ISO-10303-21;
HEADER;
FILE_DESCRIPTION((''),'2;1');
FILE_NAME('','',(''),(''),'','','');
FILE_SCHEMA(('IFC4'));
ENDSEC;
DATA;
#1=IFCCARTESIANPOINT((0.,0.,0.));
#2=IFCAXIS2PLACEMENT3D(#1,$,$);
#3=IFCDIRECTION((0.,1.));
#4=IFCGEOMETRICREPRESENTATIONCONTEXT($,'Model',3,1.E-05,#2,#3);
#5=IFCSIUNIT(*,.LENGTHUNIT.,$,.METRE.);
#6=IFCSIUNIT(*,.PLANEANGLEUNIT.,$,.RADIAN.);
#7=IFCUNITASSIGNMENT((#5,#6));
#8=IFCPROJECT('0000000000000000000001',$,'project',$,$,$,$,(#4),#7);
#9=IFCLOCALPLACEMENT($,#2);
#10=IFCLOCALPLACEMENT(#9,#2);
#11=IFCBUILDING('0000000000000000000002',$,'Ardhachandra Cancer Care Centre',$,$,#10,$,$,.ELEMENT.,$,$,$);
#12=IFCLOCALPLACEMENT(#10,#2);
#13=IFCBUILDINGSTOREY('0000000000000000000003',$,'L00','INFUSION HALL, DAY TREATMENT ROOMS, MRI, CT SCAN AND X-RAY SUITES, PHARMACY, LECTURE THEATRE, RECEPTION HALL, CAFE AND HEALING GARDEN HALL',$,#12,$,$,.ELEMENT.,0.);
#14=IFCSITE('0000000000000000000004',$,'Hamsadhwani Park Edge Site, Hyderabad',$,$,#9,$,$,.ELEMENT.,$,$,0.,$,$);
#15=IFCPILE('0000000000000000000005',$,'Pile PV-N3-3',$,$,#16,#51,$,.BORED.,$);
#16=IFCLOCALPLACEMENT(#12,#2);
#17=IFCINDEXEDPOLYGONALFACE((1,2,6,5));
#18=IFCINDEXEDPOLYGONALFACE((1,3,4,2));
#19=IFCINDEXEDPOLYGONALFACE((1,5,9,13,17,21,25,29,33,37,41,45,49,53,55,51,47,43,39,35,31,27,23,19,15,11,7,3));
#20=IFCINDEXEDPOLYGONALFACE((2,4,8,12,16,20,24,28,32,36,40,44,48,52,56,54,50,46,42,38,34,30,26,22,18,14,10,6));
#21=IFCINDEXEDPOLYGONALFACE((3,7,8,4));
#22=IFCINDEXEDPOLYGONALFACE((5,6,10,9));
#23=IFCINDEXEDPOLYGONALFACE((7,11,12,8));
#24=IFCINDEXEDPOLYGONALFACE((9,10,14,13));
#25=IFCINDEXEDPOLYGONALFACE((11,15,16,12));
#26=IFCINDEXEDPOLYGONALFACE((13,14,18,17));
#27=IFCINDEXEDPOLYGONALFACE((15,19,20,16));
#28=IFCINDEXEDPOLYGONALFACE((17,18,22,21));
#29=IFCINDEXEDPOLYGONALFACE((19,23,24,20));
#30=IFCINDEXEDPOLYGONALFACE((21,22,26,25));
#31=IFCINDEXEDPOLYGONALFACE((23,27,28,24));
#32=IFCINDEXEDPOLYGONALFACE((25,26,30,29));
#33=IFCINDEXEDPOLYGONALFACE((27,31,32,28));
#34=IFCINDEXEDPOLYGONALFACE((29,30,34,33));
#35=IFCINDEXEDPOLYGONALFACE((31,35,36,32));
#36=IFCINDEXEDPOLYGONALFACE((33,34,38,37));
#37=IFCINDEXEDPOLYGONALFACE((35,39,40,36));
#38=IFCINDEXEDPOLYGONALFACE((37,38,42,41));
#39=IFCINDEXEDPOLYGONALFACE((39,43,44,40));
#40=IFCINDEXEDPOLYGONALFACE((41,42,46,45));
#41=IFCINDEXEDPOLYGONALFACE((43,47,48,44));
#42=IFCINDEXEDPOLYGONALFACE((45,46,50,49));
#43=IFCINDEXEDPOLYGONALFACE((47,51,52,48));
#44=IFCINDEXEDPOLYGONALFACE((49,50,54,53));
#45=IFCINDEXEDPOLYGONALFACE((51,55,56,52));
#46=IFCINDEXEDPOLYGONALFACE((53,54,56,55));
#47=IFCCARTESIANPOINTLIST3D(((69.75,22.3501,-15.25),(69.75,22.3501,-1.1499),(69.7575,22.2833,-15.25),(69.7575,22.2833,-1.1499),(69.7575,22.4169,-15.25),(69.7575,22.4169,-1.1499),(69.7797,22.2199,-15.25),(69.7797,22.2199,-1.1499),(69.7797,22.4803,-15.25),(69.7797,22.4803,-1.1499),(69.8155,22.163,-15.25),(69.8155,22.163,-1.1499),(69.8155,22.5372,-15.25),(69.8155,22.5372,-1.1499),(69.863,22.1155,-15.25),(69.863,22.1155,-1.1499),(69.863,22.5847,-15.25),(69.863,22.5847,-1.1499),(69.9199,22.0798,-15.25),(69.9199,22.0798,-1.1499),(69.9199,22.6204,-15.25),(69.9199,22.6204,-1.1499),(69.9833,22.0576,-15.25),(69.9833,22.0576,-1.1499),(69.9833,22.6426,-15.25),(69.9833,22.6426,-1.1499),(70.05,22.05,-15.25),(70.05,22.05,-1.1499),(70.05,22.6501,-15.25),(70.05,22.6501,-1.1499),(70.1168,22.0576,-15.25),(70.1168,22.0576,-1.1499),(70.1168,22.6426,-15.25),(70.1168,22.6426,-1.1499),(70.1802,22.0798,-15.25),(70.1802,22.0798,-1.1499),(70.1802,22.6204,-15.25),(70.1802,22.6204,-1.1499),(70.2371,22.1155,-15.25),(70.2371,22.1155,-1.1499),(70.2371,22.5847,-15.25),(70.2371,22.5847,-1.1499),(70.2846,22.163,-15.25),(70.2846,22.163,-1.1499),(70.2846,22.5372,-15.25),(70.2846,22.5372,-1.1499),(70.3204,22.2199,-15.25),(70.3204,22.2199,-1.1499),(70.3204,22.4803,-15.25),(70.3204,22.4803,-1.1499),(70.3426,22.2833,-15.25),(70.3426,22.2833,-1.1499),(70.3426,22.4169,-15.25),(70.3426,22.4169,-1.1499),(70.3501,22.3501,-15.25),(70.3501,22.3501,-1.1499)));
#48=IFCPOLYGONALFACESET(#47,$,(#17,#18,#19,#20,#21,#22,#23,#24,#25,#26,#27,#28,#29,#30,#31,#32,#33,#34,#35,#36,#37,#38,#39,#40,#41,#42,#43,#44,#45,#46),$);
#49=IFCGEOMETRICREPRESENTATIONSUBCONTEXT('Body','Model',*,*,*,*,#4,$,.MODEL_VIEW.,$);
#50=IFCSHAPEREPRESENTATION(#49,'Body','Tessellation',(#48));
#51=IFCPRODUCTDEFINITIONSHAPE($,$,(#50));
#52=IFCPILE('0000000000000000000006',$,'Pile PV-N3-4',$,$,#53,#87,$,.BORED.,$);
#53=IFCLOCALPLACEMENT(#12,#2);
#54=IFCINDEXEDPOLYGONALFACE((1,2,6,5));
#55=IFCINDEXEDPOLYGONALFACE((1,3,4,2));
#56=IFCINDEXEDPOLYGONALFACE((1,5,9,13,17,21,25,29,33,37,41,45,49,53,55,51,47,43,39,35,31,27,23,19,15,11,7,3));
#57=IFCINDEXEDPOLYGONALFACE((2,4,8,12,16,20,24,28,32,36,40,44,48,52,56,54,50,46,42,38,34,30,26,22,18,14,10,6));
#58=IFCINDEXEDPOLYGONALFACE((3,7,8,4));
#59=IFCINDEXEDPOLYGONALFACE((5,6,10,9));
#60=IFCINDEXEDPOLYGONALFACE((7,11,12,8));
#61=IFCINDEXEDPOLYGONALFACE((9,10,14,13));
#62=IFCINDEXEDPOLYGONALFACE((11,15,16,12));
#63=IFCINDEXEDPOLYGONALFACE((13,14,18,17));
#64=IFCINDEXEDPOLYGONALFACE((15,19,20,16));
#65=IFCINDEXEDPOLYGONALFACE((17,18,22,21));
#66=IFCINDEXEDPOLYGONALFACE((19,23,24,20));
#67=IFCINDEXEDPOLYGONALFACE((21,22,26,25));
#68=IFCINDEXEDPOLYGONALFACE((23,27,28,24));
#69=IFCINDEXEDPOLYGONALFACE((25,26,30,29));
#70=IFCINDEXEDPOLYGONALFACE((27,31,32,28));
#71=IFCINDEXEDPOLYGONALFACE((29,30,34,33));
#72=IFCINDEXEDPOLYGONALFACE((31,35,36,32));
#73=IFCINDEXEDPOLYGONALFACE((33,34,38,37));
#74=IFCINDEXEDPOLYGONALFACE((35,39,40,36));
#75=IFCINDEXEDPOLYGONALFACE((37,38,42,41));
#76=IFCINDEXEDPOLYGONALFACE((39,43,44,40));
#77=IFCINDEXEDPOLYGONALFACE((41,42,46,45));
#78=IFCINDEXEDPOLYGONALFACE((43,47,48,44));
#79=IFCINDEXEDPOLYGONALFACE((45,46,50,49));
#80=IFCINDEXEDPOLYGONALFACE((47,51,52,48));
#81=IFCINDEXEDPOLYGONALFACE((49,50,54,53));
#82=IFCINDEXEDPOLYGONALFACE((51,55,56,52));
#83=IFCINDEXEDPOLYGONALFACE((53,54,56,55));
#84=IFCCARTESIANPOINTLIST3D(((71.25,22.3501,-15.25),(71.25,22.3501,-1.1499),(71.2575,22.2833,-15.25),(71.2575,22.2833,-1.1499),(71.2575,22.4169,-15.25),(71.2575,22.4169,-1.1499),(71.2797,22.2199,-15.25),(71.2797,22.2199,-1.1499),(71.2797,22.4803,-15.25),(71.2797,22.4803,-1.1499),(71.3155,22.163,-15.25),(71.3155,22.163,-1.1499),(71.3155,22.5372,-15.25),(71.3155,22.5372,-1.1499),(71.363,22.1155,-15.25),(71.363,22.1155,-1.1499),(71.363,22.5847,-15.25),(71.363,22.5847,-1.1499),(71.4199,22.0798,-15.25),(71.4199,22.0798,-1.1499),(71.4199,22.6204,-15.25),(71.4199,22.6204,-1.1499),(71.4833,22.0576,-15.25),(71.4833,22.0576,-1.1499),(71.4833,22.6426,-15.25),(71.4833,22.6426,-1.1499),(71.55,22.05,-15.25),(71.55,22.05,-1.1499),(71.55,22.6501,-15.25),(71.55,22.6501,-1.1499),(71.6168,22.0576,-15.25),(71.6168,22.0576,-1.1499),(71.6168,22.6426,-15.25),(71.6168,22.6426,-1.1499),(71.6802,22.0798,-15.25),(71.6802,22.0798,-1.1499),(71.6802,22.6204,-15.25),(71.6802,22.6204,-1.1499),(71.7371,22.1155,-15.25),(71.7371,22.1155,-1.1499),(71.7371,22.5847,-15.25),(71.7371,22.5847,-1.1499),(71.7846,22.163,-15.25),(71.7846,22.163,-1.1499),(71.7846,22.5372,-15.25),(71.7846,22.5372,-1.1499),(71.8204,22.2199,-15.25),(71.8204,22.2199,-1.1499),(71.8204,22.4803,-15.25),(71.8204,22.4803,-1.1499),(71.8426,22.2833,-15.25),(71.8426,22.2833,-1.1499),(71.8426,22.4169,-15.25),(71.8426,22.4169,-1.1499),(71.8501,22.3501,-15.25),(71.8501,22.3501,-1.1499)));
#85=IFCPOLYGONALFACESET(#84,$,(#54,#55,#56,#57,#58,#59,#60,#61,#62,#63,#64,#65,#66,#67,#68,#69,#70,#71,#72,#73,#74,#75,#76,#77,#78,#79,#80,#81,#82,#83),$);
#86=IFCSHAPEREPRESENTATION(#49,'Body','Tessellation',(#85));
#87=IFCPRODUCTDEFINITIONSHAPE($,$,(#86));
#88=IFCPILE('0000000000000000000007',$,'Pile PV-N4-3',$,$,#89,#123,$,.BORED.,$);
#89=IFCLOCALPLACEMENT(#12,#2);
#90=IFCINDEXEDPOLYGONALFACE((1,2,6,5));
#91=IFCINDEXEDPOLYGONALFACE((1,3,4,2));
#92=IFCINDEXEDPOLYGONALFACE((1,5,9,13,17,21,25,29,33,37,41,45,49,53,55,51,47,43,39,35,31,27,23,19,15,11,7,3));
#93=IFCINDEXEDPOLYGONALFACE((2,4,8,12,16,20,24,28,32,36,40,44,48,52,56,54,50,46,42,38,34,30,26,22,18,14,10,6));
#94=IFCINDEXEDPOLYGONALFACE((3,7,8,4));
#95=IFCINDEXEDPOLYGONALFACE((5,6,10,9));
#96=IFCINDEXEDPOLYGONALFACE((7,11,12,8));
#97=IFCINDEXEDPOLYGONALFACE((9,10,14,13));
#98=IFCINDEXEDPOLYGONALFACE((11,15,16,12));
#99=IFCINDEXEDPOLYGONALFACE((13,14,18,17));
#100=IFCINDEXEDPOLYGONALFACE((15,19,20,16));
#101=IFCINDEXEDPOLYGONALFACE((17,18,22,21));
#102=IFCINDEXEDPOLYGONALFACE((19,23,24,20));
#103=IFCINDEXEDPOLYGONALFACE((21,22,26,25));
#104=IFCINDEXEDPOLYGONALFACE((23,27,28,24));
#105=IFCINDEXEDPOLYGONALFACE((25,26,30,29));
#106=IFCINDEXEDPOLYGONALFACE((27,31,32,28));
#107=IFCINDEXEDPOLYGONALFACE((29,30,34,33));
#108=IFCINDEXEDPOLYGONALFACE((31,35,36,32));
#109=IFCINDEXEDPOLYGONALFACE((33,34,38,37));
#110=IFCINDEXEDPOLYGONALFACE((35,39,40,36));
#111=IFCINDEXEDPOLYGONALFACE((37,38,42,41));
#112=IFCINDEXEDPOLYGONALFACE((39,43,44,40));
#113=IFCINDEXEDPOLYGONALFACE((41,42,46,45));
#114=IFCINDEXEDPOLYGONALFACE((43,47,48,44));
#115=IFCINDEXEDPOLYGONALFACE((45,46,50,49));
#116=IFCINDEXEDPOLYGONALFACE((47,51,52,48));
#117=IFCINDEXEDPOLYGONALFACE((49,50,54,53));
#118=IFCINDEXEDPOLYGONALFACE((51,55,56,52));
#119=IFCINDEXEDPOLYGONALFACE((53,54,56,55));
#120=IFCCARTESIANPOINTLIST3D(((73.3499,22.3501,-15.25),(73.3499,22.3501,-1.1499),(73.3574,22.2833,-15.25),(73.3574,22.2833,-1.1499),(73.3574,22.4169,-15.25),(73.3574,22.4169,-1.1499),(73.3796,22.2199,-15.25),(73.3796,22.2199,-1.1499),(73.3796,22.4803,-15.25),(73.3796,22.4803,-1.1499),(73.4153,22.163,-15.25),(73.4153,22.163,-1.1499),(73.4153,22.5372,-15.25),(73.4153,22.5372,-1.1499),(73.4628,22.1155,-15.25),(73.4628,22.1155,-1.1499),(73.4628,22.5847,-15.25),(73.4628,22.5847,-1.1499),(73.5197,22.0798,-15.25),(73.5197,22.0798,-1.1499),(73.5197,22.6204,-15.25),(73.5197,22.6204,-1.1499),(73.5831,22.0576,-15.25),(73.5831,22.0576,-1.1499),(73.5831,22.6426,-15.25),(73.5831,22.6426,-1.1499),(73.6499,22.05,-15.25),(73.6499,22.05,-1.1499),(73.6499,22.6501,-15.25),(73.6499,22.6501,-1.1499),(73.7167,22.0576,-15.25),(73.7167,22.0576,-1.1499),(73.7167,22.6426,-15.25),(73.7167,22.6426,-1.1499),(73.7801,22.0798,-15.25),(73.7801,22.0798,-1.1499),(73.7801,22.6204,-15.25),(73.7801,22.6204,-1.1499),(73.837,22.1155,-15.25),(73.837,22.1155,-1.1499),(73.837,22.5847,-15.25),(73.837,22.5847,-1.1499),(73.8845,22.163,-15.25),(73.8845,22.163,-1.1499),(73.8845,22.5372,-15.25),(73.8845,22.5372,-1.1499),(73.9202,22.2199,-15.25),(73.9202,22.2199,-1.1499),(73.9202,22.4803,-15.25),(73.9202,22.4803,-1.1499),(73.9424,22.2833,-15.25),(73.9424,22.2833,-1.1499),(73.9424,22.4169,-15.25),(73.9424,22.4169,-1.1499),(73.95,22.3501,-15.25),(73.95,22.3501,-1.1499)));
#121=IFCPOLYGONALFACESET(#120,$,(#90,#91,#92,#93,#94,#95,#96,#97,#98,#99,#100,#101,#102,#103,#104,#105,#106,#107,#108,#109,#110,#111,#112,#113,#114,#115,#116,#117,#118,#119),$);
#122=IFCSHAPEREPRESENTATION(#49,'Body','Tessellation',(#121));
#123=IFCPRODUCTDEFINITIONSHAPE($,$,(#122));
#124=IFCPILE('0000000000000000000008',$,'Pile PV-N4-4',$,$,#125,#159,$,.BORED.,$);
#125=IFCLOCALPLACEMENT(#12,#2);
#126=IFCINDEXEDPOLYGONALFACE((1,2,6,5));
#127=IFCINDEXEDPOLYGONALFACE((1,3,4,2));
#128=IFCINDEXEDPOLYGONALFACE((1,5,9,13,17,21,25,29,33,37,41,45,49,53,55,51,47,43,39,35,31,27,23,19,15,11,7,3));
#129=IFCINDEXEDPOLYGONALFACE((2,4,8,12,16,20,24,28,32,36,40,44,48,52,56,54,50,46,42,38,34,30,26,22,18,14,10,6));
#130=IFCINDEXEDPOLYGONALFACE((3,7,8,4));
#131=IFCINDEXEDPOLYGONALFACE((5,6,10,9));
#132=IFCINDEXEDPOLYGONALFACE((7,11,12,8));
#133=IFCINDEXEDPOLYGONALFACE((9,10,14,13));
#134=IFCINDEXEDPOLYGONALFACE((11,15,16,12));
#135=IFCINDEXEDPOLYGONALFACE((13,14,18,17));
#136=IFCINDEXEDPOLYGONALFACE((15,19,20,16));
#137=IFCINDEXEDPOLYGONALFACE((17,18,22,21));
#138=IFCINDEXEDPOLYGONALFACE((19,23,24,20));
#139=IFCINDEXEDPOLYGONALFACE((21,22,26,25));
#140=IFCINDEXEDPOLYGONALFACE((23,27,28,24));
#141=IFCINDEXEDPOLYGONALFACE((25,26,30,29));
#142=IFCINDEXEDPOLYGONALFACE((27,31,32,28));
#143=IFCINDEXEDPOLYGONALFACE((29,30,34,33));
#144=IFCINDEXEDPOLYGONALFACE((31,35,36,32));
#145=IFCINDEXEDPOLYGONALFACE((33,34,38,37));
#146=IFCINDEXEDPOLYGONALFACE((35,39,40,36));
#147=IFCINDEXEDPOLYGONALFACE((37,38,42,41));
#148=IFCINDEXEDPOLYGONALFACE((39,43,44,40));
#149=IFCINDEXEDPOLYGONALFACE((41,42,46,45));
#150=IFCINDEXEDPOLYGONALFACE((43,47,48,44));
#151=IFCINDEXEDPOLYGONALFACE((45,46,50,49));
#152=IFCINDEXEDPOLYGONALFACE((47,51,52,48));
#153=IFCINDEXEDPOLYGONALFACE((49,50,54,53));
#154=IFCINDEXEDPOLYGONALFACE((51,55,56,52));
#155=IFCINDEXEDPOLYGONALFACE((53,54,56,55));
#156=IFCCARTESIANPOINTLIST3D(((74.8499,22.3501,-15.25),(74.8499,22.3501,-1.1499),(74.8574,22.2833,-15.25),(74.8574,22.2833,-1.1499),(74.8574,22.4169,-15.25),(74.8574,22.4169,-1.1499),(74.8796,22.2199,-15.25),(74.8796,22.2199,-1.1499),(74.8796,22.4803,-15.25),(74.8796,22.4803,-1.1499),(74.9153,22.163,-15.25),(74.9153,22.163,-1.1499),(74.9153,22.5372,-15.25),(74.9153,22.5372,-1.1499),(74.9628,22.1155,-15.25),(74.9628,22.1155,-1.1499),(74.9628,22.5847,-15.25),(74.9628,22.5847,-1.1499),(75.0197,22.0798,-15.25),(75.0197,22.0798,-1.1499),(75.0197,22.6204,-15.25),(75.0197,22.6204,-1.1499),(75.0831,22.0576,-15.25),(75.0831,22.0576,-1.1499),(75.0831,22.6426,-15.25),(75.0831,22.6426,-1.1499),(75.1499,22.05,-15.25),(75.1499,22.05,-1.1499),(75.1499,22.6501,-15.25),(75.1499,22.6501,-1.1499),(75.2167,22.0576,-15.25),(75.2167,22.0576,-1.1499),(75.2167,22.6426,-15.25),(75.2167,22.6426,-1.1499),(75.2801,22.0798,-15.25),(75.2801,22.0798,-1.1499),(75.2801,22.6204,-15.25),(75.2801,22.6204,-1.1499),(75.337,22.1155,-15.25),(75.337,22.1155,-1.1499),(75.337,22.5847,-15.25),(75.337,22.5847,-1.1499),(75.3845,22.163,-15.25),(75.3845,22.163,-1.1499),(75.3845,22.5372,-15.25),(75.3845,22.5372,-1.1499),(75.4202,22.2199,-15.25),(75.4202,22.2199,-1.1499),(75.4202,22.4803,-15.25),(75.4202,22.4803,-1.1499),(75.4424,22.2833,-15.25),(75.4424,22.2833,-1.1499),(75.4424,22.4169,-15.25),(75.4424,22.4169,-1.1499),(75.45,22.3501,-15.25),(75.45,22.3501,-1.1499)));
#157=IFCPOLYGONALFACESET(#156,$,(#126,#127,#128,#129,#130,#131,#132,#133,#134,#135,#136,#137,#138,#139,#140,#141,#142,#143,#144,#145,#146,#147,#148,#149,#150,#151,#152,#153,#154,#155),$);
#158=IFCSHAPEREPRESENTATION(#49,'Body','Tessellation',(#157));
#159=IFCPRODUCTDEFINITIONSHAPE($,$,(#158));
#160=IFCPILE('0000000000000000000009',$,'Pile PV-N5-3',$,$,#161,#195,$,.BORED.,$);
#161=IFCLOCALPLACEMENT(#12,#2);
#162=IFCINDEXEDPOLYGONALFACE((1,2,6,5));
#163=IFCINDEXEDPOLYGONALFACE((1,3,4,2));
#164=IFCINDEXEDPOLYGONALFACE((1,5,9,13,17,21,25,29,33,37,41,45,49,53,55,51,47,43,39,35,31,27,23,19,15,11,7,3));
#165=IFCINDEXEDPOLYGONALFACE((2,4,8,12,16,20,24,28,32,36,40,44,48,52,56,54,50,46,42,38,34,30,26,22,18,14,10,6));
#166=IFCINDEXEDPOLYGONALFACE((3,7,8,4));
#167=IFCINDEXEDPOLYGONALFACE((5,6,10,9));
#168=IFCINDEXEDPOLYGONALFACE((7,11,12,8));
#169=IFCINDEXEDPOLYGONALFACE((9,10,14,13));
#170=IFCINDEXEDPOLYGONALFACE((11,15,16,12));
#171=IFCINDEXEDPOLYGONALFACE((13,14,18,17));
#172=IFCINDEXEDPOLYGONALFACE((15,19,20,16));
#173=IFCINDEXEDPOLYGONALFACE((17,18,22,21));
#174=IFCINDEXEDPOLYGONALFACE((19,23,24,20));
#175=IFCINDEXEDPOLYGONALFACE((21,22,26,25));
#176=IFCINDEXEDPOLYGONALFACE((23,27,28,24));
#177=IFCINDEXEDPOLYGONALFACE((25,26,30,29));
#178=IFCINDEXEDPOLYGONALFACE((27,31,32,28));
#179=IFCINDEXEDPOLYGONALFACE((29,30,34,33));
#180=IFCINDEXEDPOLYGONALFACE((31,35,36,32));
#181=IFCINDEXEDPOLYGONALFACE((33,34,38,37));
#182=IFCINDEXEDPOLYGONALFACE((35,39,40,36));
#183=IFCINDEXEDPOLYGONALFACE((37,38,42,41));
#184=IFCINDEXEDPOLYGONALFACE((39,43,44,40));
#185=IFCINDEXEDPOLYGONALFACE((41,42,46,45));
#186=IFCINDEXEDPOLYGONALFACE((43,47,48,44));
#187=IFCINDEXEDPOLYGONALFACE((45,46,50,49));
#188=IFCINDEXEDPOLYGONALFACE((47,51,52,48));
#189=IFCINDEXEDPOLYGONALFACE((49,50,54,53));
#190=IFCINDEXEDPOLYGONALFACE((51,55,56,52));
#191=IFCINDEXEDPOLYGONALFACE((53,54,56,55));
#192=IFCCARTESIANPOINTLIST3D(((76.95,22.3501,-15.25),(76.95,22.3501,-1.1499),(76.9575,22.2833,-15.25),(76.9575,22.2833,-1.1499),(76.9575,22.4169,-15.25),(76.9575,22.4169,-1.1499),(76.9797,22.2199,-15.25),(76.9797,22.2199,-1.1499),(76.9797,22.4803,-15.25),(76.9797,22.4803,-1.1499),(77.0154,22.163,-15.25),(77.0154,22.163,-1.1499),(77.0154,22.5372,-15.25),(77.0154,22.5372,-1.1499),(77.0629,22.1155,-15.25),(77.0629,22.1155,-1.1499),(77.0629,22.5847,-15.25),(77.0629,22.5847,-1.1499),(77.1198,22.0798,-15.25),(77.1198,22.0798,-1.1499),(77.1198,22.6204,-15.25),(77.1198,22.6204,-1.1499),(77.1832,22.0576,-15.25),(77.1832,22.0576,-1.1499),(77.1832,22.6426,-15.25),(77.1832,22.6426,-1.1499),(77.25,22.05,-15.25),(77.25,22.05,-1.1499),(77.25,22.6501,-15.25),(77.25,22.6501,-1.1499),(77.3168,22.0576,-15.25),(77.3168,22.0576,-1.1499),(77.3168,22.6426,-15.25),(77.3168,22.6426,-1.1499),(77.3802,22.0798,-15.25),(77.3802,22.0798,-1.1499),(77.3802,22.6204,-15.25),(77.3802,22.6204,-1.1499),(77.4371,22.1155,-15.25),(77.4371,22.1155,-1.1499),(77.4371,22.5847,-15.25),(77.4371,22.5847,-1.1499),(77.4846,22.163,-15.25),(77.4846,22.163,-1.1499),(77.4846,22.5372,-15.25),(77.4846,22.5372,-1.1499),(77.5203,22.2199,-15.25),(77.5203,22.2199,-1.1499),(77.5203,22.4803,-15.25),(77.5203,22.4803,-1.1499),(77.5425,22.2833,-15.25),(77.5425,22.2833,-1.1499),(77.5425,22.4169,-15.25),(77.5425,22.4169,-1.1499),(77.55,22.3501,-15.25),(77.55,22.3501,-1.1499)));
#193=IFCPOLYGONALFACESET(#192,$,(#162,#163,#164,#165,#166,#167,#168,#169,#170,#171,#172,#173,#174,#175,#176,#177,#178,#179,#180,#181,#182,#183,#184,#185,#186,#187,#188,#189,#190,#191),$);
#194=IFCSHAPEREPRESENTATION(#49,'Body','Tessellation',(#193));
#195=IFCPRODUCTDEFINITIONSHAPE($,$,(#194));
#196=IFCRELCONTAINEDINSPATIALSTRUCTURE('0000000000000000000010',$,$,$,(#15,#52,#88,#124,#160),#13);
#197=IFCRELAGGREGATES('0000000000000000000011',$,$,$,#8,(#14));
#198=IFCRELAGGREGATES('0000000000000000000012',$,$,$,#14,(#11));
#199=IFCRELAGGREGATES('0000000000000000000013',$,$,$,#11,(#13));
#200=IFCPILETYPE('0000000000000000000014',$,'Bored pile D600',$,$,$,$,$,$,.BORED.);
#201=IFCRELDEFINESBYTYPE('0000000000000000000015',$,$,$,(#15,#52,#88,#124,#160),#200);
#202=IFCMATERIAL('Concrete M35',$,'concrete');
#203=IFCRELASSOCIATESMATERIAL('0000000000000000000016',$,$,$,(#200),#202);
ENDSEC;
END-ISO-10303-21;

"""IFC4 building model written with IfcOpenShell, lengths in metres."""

from ifc_helpers import new_model, si_unit, direction, frame, origin, origin_2d, place, context, subcontext, project, spatial, circle, extrude, material, material_profile, profile_set, type_object, element, save


model = new_model("IFC4")

# Units and contexts
model_context = context("Model", 3, precision=1e-05, world=origin(), true_north=direction((0.0, 1.0)))
body_context = subcontext(model_context, "Body", "Model", "MODEL_VIEW")
ifc_project = project(units=[si_unit("LENGTHUNIT", "METRE"), si_unit("PLANEANGLEUNIT", "RADIAN")], contexts=[model_context])

# Site, building, storey
site_placement = place(None, origin())
site = spatial("IfcSite", under=ifc_project, at=site_placement, Name="Hamsadhwani Park Edge Site, Hyderabad", CompositionType="ELEMENT", RefElevation=0.0)
building_placement = place(site_placement, origin())
building = spatial("IfcBuilding", under=site, at=building_placement, Name="Ardhachandra Cancer Care Centre", CompositionType="ELEMENT")
storey_placement = place(building_placement, origin())
storey = spatial("IfcBuildingStorey", under=building, at=storey_placement, Name="L00", Description="INFUSION HALL, DAY TREATMENT ROOMS, MRI, CT SCAN AND X-RAY SUITES, PHARMACY, LECTURE THEATRE, RECEPTION HALL, CAFE AND HEALING GARDEN HALL", CompositionType="ELEMENT", Elevation=0.0)

# Piles
ifc_material_1 = material(Name="Concrete M35", Category="concrete")
ifc_material_profile_1 = material_profile(ifc_material_1, circle(Radius=0.3, at=origin_2d()), Name="D600")
ifc_profile_set_1 = profile_set([ifc_material_profile_1], Name="Concrete M35")
pile_type = type_object("IfcPileType", Name="Bored pile D600", PredefinedType="BORED", material=ifc_profile_set_1)
for number, where, z_axis, x_axis, name in (
    (1, (70.05, 22.3501, -1.1499), (0.0, 0.0, -1.0), (1.0, 0.0, 0.0), "Pile PV-N3-3"),
    (2, (71.55, 22.3501, -1.1499), (0.0, 0.0, -1.0), (1.0, 0.0, 0.0), "Pile PV-N3-4"),
    (3, (73.6499, 22.3501, -1.1499), (0.0, 0.0, -1.0), (1.0, 0.0, 0.0), "Pile PV-N4-3"),
    (4, (75.1499, 22.3501, -1.1499), (0.0, 0.0, -1.0), (1.0, 0.0, 0.0), "Pile PV-N4-4"),
    (5, (77.25, 22.3501, -1.1499), (0.0, 0.0, -1.0), (1.0, 0.0, 0.0), "Pile PV-N5-3"),
):
    element("IfcPile", number, at=place(storey_placement, frame(where, z_axis=z_axis, x_axis=x_axis)), inside=storey, type_object=pile_type, Name=name, PredefinedType="BORED", context=body_context, shape_type="SweptSolid", body=[
        extrude(circle(Radius=0.3, at=origin_2d()), origin(), (0.0, 0.0, 1.0), 14.1001),
    ])

save(model, "model.ifc")
